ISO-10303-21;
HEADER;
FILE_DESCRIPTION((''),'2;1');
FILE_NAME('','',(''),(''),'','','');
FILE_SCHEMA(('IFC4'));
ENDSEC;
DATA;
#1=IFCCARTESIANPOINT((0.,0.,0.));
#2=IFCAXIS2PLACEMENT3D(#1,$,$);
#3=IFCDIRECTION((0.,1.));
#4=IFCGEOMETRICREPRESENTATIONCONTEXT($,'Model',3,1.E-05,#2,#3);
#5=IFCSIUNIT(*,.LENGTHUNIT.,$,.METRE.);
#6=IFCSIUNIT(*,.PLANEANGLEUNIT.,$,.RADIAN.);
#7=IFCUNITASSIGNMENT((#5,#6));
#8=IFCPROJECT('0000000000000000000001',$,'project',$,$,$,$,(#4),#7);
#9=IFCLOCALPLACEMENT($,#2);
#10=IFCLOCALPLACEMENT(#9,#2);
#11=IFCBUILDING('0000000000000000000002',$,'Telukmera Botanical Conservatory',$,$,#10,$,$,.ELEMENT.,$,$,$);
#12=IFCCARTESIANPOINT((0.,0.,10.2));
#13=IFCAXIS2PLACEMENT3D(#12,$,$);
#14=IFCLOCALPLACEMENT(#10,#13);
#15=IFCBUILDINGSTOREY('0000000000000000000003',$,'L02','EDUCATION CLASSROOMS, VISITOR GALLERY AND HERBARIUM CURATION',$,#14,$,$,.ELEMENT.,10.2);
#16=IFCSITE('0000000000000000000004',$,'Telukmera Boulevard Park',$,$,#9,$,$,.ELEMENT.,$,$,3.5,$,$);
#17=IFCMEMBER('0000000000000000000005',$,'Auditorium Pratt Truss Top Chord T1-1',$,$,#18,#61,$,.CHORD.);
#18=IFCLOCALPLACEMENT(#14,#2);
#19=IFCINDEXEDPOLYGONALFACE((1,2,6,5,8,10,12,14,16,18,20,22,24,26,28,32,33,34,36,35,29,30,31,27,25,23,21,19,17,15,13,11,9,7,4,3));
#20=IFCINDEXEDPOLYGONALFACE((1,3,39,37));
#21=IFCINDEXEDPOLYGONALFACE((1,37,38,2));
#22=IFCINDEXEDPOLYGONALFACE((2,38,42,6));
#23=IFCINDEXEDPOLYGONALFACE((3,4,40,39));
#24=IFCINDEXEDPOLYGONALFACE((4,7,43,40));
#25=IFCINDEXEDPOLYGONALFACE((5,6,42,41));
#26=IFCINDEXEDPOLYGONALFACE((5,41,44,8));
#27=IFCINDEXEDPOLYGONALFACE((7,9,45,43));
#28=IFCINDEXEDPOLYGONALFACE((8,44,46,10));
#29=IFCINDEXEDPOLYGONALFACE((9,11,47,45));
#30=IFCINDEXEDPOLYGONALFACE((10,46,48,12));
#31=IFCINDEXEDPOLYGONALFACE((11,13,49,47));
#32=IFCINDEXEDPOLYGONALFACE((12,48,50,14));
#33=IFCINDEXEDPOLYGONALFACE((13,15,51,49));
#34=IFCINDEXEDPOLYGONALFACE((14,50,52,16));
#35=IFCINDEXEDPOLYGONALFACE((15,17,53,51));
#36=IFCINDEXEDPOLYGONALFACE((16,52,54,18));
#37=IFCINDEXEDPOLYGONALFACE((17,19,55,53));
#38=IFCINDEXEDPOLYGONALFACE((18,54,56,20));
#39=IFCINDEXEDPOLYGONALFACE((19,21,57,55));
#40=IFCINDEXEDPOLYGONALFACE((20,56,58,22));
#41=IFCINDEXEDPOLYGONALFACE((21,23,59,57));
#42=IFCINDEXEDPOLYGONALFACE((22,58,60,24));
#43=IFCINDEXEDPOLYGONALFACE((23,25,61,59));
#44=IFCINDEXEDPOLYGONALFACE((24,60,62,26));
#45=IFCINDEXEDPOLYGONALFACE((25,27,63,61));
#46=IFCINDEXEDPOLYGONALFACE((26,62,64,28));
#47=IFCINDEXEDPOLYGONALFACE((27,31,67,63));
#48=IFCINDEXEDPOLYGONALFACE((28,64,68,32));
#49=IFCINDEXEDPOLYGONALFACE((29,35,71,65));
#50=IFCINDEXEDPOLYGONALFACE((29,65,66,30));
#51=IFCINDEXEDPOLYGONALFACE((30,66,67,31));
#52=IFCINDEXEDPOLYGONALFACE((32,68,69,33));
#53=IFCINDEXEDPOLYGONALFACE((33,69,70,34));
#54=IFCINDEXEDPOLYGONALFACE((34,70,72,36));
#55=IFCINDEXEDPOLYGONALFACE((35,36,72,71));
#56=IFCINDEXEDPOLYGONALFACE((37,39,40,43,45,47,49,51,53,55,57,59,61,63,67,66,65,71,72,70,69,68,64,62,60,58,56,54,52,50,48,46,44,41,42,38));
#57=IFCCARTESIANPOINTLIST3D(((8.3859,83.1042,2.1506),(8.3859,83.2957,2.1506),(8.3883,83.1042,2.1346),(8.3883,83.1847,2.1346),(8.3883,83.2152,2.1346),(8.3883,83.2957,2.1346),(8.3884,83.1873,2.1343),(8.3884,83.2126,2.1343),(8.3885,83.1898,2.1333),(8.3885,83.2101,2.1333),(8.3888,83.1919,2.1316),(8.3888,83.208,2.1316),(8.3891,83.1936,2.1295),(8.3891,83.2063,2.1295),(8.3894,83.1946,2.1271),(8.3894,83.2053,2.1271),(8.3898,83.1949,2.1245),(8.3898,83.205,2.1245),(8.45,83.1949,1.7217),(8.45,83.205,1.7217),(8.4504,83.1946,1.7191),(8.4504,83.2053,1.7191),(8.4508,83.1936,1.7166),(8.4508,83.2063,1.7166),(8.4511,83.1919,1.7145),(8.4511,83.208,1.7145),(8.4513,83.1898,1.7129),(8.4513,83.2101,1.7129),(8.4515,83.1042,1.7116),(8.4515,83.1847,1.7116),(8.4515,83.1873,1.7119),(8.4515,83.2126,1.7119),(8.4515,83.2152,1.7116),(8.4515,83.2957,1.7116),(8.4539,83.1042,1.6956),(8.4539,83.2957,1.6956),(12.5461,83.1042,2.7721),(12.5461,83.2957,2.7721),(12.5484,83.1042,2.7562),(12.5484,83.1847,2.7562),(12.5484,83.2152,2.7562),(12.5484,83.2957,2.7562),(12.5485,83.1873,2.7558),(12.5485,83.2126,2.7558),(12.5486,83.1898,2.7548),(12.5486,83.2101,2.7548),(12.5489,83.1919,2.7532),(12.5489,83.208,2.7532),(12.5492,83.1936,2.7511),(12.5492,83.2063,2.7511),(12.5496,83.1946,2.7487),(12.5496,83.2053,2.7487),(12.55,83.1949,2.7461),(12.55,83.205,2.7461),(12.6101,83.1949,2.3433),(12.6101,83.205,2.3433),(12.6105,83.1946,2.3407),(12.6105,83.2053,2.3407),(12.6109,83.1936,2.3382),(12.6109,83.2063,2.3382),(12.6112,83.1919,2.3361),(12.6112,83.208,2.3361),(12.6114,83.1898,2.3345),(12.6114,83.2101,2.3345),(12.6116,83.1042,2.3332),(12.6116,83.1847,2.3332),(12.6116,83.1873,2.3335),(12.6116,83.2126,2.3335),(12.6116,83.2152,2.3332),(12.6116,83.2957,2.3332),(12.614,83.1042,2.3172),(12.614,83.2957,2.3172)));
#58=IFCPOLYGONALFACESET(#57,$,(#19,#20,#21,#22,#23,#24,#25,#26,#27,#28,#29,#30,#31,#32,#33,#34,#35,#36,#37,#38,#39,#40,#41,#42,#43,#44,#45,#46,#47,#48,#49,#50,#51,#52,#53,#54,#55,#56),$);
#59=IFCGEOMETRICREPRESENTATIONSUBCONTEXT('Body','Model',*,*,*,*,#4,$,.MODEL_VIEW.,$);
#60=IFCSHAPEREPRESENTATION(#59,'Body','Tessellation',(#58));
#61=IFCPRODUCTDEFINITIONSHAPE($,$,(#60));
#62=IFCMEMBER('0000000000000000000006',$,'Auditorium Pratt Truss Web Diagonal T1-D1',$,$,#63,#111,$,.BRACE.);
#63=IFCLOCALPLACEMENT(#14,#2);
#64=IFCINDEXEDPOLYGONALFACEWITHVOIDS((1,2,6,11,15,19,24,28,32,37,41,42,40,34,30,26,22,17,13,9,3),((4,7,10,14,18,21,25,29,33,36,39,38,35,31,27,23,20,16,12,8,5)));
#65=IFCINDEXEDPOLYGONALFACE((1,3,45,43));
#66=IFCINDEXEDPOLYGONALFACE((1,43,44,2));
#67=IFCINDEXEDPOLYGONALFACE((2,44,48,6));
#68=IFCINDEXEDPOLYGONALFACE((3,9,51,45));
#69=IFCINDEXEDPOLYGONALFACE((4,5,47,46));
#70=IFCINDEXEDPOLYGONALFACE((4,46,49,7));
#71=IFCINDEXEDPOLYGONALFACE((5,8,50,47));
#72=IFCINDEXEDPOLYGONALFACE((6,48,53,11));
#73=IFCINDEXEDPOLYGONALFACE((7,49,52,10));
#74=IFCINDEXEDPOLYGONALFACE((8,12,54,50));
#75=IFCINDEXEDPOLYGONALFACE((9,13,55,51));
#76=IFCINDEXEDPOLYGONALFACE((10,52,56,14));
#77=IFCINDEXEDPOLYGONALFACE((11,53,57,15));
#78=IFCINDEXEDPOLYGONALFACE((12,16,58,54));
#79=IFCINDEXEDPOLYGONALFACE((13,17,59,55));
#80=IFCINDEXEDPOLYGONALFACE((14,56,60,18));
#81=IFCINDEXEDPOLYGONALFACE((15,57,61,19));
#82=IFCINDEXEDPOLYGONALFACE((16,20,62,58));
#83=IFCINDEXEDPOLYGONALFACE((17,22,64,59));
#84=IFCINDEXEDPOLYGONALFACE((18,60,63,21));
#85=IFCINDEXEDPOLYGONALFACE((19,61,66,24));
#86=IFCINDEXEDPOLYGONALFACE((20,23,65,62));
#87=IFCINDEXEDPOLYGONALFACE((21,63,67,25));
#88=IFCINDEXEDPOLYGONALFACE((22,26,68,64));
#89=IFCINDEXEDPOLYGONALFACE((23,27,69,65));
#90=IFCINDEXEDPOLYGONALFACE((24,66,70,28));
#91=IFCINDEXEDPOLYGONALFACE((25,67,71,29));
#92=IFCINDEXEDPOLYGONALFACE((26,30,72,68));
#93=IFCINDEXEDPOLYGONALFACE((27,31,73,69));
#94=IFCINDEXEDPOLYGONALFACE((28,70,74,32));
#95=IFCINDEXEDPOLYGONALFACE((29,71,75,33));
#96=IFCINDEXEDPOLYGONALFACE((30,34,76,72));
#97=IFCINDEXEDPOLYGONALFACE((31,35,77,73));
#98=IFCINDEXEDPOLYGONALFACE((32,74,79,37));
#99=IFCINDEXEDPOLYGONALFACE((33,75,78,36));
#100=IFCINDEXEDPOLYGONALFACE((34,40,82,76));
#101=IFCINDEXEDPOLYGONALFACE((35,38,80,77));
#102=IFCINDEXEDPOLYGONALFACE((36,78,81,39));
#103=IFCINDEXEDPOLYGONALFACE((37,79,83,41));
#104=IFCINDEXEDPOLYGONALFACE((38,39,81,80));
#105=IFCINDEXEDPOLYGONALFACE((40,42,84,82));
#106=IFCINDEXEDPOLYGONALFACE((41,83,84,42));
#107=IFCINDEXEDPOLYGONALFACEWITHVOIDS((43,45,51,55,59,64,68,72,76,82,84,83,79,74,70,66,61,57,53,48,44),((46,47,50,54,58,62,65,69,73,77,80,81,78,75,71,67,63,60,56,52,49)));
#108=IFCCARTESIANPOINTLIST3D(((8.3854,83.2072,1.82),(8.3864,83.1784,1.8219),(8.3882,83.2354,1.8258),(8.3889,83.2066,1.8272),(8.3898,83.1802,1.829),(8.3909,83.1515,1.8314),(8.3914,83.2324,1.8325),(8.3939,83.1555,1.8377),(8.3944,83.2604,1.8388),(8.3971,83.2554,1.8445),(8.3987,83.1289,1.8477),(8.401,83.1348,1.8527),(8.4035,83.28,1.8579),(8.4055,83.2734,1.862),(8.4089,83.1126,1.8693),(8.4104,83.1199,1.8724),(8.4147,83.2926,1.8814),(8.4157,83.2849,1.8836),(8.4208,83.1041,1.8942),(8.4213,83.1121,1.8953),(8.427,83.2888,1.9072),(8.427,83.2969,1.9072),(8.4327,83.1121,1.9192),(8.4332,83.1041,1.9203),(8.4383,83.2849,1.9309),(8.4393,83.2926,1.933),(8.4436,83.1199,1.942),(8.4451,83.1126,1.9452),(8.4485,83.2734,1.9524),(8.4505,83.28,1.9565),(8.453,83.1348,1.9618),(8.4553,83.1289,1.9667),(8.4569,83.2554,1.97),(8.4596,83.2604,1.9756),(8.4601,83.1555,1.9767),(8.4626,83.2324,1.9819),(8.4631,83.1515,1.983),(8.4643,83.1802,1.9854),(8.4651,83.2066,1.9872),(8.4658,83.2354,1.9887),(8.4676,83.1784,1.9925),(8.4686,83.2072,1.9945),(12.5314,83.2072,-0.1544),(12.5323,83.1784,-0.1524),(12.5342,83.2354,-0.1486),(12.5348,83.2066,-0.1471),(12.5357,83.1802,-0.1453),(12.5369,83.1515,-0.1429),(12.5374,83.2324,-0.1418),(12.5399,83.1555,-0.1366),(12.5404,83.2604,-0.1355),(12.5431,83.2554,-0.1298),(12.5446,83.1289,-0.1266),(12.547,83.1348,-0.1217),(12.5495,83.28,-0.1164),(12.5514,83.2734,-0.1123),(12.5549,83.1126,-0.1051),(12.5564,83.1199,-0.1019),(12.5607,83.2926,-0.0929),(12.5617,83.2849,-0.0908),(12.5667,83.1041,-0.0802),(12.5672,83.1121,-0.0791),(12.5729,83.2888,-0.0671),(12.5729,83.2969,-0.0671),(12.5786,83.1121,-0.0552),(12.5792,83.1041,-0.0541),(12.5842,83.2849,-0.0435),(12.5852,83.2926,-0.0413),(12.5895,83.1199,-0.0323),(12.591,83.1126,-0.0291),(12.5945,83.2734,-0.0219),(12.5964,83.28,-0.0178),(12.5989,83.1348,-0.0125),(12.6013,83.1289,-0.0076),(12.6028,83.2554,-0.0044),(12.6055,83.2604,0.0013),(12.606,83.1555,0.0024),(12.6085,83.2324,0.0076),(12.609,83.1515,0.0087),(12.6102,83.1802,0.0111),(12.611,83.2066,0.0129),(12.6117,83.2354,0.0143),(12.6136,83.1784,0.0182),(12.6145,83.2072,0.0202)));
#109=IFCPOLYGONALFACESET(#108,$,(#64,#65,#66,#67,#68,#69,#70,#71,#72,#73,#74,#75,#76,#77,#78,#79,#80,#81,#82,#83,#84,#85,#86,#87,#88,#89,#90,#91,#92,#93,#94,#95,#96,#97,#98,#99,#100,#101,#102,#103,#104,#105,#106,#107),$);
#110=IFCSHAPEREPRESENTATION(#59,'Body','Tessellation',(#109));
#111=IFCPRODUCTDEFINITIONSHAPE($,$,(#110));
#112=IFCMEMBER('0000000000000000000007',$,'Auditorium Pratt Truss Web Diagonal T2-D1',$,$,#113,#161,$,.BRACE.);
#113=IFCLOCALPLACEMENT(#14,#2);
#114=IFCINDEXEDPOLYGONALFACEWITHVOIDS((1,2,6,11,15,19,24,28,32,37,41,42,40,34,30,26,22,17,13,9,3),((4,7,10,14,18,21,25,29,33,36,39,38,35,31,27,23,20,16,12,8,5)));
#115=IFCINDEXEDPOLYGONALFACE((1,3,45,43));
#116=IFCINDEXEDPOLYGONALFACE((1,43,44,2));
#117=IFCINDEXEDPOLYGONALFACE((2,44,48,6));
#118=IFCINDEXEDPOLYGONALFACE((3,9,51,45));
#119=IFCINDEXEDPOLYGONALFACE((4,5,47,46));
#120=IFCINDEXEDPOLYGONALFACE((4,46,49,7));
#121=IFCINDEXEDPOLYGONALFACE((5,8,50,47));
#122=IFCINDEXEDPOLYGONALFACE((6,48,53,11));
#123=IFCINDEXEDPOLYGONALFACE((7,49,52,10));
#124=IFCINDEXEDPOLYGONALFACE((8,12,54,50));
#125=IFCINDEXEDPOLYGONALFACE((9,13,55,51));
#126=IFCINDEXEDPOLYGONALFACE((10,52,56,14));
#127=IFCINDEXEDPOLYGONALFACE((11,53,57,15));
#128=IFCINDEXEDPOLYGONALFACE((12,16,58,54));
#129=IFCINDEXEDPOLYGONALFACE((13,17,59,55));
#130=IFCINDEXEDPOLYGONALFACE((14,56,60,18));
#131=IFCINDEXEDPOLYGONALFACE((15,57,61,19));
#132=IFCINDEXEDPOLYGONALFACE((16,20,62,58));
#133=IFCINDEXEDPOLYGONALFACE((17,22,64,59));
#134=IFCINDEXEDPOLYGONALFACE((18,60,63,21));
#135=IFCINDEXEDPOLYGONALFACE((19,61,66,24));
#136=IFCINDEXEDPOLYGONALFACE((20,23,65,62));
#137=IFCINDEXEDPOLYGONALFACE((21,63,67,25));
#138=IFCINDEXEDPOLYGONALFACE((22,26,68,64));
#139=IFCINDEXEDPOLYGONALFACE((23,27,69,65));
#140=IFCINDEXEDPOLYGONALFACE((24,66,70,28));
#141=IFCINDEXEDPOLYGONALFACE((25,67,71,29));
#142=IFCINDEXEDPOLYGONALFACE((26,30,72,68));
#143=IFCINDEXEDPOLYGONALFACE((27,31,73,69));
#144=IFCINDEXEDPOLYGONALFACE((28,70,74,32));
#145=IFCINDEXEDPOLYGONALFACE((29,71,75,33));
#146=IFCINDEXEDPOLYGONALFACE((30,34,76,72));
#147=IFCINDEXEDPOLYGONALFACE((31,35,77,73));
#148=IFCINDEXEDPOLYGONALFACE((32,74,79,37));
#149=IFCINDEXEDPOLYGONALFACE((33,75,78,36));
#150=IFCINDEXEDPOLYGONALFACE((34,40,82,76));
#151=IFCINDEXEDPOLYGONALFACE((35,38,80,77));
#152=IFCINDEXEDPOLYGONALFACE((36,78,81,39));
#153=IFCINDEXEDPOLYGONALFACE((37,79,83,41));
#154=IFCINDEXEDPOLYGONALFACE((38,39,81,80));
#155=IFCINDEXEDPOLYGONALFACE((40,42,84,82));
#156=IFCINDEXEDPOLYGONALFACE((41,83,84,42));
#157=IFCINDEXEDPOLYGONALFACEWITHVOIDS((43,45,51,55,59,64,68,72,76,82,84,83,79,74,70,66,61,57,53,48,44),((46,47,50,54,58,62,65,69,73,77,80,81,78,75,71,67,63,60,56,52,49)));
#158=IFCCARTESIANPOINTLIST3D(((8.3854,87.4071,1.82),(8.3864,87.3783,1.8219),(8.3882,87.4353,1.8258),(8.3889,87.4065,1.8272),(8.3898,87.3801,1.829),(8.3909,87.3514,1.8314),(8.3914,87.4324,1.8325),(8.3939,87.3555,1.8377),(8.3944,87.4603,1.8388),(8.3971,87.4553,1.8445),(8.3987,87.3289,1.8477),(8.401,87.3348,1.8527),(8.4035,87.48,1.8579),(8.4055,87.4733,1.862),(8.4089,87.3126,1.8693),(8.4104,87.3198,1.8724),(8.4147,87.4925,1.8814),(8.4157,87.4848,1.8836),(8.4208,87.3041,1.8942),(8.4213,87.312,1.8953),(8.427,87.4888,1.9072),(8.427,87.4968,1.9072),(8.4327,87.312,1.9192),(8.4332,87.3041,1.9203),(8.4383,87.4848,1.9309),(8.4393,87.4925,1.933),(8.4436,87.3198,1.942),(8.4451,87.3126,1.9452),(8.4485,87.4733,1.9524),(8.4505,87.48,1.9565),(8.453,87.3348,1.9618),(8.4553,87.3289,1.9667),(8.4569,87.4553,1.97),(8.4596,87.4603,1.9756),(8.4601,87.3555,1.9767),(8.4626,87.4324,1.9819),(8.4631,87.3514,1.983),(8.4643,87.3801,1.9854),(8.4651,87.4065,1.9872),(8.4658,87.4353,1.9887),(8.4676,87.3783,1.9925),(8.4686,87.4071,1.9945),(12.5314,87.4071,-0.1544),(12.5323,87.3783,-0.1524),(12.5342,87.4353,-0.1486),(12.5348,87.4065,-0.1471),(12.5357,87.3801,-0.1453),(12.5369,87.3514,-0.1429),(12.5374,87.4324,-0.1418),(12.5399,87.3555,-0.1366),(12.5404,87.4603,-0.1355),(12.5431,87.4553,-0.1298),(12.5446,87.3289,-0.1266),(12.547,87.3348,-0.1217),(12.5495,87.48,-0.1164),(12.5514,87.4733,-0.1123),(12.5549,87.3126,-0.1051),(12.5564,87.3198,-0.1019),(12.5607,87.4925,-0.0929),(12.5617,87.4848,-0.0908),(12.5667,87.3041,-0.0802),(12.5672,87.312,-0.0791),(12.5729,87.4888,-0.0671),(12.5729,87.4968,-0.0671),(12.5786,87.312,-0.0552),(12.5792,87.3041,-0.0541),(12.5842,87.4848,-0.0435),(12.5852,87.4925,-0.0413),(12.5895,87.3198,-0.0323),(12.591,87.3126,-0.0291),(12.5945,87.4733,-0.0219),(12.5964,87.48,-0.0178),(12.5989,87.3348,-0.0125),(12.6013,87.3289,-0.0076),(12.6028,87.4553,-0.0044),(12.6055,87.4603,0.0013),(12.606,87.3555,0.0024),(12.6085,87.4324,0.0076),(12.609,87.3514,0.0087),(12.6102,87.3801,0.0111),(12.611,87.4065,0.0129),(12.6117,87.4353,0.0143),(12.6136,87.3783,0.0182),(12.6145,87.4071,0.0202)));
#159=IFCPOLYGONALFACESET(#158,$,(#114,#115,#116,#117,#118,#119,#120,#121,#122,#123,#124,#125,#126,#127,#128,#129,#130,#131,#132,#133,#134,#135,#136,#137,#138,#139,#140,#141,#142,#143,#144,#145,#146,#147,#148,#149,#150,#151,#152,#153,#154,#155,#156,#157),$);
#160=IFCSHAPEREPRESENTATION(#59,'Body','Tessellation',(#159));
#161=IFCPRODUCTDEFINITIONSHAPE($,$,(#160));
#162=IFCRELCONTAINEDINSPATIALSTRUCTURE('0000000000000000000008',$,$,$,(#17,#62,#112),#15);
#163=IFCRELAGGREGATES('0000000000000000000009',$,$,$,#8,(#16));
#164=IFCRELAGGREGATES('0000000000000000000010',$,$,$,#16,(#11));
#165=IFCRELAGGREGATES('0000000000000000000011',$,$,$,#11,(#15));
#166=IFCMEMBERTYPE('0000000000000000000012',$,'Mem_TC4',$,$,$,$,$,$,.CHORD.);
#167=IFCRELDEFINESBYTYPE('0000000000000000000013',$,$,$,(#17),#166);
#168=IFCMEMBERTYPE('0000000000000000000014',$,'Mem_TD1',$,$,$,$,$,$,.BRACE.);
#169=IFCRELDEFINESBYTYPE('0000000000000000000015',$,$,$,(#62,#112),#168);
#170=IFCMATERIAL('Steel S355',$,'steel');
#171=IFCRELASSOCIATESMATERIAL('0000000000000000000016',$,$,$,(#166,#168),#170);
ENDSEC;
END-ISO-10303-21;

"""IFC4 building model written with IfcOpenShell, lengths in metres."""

from ifc_helpers import new_model, si_unit, direction, frame, origin, origin_2d, place, context, subcontext, project, spatial, hollow_circle, i_section, extrude, material, material_profile, profile_set, type_object, element, save


model = new_model("IFC4")

# Units and contexts
model_context = context("Model", 3, precision=1e-05, world=origin(), true_north=direction((0.0, 1.0)))
body_context = subcontext(model_context, "Body", "Model", "MODEL_VIEW")
ifc_project = project(units=[si_unit("LENGTHUNIT", "METRE"), si_unit("PLANEANGLEUNIT", "RADIAN")], contexts=[model_context])

# Site, building, storey
site_placement = place(None, origin())
site = spatial("IfcSite", under=ifc_project, at=site_placement, Name="Telukmera Boulevard Park", CompositionType="ELEMENT", RefElevation=3.5)
building_placement = place(site_placement, origin())
building = spatial("IfcBuilding", under=site, at=building_placement, Name="Telukmera Botanical Conservatory", CompositionType="ELEMENT")
storey_placement = place(building_placement, frame((0.0, 0.0, 10.2)))
storey = spatial("IfcBuildingStorey", under=building, at=storey_placement, Name="L02", Description="EDUCATION CLASSROOMS, VISITOR GALLERY AND HERBARIUM CURATION", CompositionType="ELEMENT", Elevation=10.2)

# Members
ifc_material_1 = material(Name="Steel S355", Category="steel")
ifc_material_profile_1 = material_profile(ifc_material_1, i_section(OverallWidth=0.1914, OverallDepth=0.46, WebThickness=0.01, FlangeThickness=0.0161, FilletRadius=0.0103, at=origin_2d()), Name="UB 457x191x82")
ifc_profile_set_1 = profile_set([ifc_material_profile_1], Name="Steel S355")
member_type_1 = type_object("IfcMemberType", Name="Mem_TC4", PredefinedType="CHORD", material=ifc_profile_set_1)
member_1_placement = place(storey_placement, frame((8.4199, 83.2, 1.9231), z_axis=(0.989021, 0.0, 0.147773), x_axis=(0.0, 1.0, 0.0)))
element("IfcMember", 1, at=member_1_placement, inside=storey, type_object=member_type_1, Name="Auditorium Pratt Truss Top Chord T1-1", PredefinedType="CHORD", context=body_context, shape_type="SweptSolid", body=[
    extrude(i_section(OverallWidth=0.1914, OverallDepth=0.46, WebThickness=0.01, FlangeThickness=0.0161, FilletRadius=0.0103, at=origin_2d()), origin(), (0.0, 0.0, 1.0), 4.2063),
])
ifc_material_profile_2 = material_profile(ifc_material_1, hollow_circle(Radius=0.0969, WallThickness=0.0081, at=origin_2d()), Name="CHS 193.7x8.0")
ifc_profile_set_2 = profile_set([ifc_material_profile_2], Name="Steel S355")
member_type_2 = type_object("IfcMemberType", Name="Mem_TD1", PredefinedType="BRACE", material=ifc_profile_set_2)
for number, where, z_axis, x_axis, name in (
    (2, (8.427, 83.2, 1.9072), (0.902854, 0.0, -0.429948), (0.0, 1.0, 0.0), "Auditorium Pratt Truss Web Diagonal T1-D1"),
    (3, (8.427, 87.3999, 1.9072), (0.902854, 0.0, -0.429948), (0.0, 1.0, 0.0), "Auditorium Pratt Truss Web Diagonal T2-D1"),
):
    element("IfcMember", number, at=place(storey_placement, frame(where, z_axis=z_axis, x_axis=x_axis)), inside=storey, type_object=member_type_2, Name=name, PredefinedType="BRACE", context=body_context, shape_type="SweptSolid", body=[
        extrude(hollow_circle(Radius=0.0969, WallThickness=0.0081, at=origin_2d()), origin(), (0.0, 0.0, 1.0), 4.592),
    ])

save(model, "model.ifc")
